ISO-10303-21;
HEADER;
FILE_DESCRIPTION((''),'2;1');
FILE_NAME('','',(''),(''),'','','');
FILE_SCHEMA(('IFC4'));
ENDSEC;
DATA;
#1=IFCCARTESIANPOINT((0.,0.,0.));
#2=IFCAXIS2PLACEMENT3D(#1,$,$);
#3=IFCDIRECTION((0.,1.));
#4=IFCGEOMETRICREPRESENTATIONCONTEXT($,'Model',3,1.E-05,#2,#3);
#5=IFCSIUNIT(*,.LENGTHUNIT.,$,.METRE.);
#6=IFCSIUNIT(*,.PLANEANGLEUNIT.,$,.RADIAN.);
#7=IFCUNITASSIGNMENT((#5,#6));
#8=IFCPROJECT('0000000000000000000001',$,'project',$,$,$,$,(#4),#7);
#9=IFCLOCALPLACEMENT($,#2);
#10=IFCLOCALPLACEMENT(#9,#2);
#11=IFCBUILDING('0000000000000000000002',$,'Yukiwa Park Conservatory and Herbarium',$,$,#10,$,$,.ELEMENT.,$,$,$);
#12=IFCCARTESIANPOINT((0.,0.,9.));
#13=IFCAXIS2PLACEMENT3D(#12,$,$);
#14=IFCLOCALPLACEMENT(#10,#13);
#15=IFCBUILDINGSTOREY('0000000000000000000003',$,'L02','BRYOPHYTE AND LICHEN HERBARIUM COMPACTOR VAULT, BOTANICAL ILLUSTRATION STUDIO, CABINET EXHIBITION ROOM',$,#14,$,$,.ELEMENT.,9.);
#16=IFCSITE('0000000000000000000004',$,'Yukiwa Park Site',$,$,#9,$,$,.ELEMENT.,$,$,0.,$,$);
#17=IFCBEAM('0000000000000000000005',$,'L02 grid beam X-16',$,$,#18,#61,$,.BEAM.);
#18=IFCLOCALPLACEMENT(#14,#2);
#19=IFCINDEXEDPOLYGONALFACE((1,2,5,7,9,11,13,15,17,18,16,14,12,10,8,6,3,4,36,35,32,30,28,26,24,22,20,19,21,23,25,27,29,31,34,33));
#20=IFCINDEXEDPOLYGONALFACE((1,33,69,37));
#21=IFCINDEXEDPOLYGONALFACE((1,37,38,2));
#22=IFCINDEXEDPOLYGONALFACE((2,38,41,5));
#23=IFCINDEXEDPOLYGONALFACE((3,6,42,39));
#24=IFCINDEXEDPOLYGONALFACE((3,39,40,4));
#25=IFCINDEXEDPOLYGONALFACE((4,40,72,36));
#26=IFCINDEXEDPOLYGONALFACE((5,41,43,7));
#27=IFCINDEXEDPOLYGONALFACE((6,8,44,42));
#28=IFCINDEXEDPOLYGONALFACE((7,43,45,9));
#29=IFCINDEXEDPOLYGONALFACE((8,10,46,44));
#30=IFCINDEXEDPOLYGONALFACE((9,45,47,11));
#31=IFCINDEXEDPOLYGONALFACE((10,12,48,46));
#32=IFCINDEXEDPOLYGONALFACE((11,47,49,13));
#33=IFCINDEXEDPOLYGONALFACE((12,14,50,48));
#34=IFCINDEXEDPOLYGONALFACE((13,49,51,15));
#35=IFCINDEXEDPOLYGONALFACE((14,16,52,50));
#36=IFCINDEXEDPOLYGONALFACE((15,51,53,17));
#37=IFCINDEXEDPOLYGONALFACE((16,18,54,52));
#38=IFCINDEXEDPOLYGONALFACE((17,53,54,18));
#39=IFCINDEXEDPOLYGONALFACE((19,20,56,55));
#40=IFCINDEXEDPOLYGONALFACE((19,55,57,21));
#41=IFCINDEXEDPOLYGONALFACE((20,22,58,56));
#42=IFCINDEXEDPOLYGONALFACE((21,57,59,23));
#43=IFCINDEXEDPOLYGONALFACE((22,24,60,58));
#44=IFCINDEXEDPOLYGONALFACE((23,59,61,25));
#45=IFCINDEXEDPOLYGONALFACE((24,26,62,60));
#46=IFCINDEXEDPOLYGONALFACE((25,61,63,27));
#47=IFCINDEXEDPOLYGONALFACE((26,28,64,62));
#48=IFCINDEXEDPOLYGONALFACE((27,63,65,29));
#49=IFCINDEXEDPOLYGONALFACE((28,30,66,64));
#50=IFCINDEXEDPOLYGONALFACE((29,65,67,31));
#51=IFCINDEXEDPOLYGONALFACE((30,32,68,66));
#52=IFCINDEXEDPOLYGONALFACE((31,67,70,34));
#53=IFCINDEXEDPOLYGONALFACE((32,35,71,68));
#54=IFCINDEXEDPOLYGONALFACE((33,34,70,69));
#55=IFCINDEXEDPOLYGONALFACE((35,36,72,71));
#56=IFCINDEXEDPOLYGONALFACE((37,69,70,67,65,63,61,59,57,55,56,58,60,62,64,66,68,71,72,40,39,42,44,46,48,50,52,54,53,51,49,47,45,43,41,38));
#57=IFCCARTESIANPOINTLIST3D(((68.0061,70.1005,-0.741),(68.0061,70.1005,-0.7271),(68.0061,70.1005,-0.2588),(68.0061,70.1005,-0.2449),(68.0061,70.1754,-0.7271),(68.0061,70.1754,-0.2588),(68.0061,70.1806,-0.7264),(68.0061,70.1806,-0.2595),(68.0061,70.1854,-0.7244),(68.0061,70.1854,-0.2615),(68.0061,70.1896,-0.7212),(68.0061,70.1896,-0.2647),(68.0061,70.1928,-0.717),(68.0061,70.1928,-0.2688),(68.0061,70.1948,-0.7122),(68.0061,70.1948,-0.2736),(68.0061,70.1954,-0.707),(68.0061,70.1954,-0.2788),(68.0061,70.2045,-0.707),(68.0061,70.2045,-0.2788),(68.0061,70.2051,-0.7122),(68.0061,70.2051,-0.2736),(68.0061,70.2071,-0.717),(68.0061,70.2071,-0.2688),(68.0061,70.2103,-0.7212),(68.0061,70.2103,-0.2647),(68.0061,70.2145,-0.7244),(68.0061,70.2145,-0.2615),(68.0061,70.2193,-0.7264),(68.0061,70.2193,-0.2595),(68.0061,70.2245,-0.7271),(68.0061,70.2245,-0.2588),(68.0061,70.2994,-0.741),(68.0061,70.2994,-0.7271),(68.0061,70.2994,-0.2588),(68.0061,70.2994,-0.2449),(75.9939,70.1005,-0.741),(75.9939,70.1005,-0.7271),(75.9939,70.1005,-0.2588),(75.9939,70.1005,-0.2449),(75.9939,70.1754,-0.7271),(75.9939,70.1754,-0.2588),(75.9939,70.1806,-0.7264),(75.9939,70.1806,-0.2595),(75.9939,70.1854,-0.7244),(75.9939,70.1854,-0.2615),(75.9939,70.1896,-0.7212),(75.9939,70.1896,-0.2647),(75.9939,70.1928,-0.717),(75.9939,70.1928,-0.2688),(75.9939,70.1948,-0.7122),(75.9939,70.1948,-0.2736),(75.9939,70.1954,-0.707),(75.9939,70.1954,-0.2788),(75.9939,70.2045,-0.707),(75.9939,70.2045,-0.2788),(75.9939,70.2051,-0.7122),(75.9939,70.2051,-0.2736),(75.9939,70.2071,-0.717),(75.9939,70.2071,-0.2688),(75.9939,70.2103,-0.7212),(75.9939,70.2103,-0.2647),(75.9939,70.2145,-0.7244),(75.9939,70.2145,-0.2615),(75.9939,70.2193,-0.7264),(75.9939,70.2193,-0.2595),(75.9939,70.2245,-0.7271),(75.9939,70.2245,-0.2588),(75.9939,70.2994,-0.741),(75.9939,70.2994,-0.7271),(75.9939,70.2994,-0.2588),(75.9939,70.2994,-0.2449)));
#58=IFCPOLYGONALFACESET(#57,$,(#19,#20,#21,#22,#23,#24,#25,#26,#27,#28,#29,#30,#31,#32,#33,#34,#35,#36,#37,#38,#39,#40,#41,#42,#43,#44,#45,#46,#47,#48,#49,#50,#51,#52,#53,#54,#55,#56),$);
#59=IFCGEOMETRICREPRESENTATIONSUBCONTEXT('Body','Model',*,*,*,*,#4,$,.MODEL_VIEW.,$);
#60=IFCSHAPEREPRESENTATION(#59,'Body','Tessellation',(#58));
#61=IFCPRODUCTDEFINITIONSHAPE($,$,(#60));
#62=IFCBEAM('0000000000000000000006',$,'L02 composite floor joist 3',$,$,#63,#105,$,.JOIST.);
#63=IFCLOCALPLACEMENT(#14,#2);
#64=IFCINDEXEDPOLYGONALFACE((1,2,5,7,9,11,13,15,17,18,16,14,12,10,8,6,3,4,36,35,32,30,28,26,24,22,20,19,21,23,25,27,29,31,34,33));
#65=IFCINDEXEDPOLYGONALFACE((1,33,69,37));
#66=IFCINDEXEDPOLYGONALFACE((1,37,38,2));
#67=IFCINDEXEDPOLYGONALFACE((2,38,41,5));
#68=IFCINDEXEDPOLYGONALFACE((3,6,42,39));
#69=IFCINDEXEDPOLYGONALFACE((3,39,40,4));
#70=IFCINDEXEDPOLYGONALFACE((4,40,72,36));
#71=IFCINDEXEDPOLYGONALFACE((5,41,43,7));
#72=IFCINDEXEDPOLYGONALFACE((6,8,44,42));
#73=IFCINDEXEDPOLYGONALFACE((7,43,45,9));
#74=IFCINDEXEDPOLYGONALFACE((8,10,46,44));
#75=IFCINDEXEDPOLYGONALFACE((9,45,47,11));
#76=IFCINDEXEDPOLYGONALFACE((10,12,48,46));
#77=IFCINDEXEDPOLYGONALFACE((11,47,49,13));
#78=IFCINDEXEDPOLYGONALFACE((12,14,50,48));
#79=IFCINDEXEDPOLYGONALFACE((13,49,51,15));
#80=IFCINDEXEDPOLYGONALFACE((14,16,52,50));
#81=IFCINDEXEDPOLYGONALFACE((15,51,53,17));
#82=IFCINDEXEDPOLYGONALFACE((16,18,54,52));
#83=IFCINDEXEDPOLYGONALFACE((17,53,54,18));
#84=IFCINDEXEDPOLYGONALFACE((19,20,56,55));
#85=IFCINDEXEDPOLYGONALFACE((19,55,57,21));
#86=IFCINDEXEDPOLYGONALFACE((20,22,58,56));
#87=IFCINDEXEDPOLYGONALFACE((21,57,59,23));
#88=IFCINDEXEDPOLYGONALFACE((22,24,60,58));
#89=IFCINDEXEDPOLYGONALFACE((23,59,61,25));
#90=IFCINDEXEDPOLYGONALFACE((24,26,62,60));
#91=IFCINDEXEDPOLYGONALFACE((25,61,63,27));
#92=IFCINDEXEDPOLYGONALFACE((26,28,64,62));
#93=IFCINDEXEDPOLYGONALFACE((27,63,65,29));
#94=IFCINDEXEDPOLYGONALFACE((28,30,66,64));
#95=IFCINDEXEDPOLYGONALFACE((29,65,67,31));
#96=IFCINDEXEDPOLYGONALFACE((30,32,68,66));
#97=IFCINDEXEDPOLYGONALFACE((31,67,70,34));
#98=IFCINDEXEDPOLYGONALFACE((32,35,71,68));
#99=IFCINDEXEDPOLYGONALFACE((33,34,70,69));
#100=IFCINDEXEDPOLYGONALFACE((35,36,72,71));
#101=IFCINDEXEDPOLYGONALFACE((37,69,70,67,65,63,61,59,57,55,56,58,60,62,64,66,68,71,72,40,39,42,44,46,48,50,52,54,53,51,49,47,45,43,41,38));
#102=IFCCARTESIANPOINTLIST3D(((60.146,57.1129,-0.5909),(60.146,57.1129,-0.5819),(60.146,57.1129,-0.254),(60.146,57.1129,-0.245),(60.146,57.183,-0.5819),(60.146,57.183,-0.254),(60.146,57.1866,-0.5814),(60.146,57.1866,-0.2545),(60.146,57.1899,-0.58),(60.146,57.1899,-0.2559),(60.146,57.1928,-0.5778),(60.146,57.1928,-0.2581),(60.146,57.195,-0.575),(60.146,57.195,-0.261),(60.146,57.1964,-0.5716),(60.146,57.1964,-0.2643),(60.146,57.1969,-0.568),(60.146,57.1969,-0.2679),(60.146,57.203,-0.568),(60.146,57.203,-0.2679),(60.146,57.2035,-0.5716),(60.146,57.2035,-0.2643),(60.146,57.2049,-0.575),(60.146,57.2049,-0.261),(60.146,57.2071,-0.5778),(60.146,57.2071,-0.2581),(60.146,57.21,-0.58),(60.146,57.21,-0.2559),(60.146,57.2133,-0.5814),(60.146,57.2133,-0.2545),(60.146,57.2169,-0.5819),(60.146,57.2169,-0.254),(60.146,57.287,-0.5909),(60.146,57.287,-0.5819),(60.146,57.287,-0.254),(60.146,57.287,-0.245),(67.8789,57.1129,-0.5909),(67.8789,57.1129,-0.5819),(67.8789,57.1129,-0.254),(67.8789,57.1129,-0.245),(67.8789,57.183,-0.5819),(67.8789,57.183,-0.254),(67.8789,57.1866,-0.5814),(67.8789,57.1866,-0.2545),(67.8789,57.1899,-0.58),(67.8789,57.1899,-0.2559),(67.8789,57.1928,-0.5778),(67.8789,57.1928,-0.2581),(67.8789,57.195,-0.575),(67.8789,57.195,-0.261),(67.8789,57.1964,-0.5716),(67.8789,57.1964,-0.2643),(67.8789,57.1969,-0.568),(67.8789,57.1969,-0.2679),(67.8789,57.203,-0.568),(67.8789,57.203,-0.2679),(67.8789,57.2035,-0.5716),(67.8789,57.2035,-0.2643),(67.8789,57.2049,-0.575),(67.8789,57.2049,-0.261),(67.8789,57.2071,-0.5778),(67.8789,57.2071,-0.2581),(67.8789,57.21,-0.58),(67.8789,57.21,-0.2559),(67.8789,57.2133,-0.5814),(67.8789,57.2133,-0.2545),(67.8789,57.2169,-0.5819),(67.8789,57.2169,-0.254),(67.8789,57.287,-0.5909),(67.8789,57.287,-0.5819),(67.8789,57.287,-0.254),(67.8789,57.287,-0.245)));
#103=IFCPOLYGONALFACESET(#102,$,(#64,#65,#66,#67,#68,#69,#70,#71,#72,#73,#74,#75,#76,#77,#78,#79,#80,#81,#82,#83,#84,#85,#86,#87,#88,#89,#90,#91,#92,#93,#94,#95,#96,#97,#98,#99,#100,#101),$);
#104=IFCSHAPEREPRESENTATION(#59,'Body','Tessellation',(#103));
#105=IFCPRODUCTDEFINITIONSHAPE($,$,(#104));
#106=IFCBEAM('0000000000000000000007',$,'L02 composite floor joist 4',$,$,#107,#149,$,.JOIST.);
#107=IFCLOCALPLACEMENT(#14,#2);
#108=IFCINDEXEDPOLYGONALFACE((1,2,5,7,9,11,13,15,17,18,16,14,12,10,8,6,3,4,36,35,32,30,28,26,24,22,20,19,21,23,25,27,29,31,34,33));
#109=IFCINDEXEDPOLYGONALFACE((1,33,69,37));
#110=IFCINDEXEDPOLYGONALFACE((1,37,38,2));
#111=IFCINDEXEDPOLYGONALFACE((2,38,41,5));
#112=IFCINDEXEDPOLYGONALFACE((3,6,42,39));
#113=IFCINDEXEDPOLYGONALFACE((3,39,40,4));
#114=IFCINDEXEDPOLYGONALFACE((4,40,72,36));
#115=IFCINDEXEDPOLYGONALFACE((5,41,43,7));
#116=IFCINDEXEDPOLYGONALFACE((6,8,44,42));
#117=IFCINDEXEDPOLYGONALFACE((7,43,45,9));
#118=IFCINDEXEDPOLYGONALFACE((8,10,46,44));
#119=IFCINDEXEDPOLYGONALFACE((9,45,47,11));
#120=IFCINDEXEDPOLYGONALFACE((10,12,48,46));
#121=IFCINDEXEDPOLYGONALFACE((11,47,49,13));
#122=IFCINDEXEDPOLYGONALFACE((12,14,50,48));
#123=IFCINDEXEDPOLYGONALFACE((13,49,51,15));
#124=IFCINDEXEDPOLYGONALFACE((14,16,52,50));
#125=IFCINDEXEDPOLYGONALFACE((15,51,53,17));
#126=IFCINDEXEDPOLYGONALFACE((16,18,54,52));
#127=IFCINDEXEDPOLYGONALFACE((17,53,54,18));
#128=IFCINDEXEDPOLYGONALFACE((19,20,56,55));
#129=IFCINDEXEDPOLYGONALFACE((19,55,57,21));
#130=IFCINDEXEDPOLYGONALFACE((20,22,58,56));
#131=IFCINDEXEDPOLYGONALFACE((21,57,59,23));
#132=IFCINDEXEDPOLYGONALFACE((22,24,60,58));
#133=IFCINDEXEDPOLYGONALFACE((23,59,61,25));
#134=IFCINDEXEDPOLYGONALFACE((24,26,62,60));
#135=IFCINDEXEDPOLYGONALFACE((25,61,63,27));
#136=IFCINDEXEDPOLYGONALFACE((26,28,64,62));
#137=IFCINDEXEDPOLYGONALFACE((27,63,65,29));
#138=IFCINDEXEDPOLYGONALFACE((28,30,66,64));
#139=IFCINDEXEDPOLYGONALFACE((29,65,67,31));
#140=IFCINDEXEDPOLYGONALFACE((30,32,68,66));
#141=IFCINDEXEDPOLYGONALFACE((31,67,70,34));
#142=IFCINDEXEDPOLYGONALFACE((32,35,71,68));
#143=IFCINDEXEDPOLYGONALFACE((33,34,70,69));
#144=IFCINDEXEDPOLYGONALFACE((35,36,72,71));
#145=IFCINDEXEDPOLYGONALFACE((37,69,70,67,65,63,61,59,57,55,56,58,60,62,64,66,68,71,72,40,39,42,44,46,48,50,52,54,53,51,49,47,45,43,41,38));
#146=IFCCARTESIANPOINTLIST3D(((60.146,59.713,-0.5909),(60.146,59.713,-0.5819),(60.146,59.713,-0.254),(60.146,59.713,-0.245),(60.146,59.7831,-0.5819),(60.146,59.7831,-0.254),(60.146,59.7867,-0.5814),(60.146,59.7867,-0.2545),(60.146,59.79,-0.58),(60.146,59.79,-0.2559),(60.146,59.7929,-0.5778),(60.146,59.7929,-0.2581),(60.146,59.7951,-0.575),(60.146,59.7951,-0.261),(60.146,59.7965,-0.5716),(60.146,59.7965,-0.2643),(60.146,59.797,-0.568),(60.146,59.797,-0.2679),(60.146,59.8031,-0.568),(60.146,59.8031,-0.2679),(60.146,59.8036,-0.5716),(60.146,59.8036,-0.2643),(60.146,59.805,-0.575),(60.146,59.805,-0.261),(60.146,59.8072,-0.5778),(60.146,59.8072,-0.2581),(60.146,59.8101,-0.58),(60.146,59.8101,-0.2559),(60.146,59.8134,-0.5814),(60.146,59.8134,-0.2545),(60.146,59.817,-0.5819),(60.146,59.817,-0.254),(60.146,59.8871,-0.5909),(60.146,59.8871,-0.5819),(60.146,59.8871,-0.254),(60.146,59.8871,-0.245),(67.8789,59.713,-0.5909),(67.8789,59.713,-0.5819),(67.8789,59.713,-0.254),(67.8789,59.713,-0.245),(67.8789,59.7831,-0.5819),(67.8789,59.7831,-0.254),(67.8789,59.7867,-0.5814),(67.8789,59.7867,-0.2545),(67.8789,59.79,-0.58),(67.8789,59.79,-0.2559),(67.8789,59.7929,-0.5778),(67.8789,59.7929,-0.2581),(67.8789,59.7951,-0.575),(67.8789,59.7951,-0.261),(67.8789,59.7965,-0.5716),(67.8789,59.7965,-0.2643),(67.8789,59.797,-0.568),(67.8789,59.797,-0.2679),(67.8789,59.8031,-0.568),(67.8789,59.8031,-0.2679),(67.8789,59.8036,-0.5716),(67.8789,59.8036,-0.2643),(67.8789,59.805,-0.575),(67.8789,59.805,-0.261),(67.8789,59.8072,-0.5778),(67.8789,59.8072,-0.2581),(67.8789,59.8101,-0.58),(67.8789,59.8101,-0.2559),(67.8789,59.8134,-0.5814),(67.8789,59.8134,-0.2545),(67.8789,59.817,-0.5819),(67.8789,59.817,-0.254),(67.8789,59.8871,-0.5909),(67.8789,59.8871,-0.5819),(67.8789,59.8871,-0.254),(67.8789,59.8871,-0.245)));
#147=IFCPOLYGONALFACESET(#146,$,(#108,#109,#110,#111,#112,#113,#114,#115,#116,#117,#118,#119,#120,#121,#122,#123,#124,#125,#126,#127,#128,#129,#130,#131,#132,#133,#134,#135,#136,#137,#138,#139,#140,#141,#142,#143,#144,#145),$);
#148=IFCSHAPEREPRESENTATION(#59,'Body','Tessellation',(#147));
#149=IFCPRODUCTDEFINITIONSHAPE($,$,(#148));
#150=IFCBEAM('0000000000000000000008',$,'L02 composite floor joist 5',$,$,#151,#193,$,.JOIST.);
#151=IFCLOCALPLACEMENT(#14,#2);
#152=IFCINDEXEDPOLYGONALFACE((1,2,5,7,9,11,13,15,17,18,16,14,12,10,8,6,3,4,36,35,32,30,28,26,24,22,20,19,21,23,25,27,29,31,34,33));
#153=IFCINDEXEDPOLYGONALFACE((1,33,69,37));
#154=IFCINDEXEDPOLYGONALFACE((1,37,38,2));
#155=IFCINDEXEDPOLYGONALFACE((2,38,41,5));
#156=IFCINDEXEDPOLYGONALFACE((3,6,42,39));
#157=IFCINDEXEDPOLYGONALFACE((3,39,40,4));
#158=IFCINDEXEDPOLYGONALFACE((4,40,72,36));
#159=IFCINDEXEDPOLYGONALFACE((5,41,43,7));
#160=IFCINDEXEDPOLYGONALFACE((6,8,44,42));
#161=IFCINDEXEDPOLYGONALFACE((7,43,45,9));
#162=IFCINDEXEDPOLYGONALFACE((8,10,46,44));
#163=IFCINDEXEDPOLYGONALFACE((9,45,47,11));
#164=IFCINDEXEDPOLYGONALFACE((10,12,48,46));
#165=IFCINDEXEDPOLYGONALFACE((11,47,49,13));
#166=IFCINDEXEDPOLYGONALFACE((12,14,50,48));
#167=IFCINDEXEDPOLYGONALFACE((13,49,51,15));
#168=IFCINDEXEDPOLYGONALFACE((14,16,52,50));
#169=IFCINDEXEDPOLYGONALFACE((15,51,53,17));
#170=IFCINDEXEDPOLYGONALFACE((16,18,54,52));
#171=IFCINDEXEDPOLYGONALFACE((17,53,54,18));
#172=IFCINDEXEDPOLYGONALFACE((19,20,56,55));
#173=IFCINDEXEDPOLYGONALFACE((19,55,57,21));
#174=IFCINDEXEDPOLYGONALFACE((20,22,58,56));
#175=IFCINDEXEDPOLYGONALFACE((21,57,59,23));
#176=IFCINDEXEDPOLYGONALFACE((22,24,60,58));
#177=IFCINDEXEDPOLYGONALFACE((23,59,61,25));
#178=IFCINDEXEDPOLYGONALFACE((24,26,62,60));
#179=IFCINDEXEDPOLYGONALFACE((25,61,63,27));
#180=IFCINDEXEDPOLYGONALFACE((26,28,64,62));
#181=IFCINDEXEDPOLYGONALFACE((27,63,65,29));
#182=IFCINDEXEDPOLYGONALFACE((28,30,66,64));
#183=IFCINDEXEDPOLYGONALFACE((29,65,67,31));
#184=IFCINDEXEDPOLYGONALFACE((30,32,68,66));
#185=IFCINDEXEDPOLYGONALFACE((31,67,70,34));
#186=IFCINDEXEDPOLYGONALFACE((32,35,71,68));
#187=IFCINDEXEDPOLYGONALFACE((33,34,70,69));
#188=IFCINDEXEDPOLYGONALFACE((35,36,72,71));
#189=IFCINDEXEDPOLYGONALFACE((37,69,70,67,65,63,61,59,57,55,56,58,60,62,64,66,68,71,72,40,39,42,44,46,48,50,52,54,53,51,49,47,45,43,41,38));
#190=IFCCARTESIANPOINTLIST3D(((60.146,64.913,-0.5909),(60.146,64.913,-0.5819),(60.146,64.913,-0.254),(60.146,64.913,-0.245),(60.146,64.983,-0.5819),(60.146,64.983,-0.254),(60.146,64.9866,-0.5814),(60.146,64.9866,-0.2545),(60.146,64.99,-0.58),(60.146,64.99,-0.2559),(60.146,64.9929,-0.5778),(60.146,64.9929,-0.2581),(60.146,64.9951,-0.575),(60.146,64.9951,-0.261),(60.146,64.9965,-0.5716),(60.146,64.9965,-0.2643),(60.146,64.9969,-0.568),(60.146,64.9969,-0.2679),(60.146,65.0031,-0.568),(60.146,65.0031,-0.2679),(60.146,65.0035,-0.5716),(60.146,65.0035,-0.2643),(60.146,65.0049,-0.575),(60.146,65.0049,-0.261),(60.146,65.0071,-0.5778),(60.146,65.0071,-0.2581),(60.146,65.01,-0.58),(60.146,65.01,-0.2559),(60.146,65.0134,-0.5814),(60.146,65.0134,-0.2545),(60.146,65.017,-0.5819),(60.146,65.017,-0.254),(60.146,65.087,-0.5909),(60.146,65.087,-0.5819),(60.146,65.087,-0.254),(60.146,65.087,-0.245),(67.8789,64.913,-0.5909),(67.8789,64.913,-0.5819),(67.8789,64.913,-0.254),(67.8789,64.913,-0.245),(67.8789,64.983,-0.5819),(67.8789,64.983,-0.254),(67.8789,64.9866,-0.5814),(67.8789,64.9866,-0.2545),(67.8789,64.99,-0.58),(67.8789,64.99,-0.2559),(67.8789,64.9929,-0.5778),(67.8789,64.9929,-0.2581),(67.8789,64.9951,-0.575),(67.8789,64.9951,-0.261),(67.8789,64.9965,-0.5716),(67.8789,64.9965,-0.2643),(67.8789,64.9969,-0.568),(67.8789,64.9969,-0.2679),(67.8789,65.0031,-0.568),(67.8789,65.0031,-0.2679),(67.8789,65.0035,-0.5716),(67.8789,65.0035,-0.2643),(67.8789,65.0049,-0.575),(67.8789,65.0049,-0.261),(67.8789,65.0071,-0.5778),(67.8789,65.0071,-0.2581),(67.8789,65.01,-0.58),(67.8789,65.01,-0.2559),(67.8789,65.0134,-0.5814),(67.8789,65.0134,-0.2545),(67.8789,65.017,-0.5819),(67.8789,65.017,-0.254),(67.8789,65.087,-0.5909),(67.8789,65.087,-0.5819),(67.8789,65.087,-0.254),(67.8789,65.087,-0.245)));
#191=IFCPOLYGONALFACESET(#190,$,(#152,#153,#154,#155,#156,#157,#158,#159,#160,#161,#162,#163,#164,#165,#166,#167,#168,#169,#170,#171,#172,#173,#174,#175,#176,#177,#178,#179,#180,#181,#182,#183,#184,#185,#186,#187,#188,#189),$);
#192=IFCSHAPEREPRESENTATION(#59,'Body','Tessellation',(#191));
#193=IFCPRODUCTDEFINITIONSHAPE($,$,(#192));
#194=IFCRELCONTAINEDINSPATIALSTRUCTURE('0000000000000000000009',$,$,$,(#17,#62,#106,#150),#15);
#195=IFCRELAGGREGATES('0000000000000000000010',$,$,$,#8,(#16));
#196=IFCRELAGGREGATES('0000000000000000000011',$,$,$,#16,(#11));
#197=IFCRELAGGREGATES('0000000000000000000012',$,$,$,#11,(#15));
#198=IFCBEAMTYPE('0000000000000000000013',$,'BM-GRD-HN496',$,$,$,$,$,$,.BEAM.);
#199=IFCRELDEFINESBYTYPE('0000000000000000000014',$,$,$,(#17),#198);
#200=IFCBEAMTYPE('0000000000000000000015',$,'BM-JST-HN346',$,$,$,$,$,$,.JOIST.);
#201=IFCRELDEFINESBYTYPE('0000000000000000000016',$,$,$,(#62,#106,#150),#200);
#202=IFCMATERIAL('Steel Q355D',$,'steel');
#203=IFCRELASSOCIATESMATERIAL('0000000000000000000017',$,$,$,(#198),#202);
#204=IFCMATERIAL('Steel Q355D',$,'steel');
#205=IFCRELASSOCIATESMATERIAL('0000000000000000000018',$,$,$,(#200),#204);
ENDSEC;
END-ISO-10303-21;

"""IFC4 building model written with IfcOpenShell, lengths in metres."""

from ifc_helpers import new_model, si_unit, direction, frame, origin, origin_2d, place, context, subcontext, project, spatial, i_section, extrude, material, material_profile, profile_set, type_object, element, save


model = new_model("IFC4")

# Units and contexts
model_context = context("Model", 3, precision=1e-05, world=origin(), true_north=direction((0.0, 1.0)))
body_context = subcontext(model_context, "Body", "Model", "MODEL_VIEW")
ifc_project = project(units=[si_unit("LENGTHUNIT", "METRE"), si_unit("PLANEANGLEUNIT", "RADIAN")], contexts=[model_context])

# Site, building, storey
site_placement = place(None, origin())
site = spatial("IfcSite", under=ifc_project, at=site_placement, Name="Yukiwa Park Site", CompositionType="ELEMENT", RefElevation=0.0)
building_placement = place(site_placement, origin())
building = spatial("IfcBuilding", under=site, at=building_placement, Name="Yukiwa Park Conservatory and Herbarium", CompositionType="ELEMENT")
storey_placement = place(building_placement, frame((0.0, 0.0, 9.0)))
storey = spatial("IfcBuildingStorey", under=building, at=storey_placement, Name="L02", Description="BRYOPHYTE AND LICHEN HERBARIUM COMPACTOR VAULT, BOTANICAL ILLUSTRATION STUDIO, CABINET EXHIBITION ROOM", CompositionType="ELEMENT", Elevation=9.0)

# Beams
ifc_material_1 = material(Name="Steel Q355D", Category="steel")
ifc_material_profile_1 = material_profile(ifc_material_1, i_section(OverallWidth=0.199, OverallDepth=0.4961, WebThickness=0.009, FlangeThickness=0.0139, FilletRadius=0.02, at=origin_2d()), Name="HN 496x199x9x14")
ifc_profile_set_1 = profile_set([ifc_material_profile_1], Name="Steel Q355D")
beam_type_1 = type_object("IfcBeamType", Name="BM-GRD-HN496", PredefinedType="BEAM", material=ifc_profile_set_1)
for number, where, z_axis, x_axis, name in (
    (1, (68.0061, 70.2, -0.4929), (1.0, 0.0, 0.0), (0.0, 1.0, 0.0), "L02 grid beam X-16"),
):
    element("IfcBeam", number, at=place(storey_placement, frame(where, z_axis=z_axis, x_axis=x_axis)), inside=storey, type_object=beam_type_1, Name=name, PredefinedType="BEAM", context=body_context, shape_type="SweptSolid", body=[
        extrude(i_section(OverallWidth=0.199, OverallDepth=0.4961, WebThickness=0.009, FlangeThickness=0.0139, FilletRadius=0.02, at=origin_2d()), origin(), (0.0, 0.0, 1.0), 7.9878),
    ])
ifc_material_2 = material(Name="Steel Q355D", Category="steel")
ifc_material_profile_2 = material_profile(ifc_material_2, i_section(OverallWidth=0.1741, OverallDepth=0.3459, WebThickness=0.0061, FlangeThickness=0.009, FilletRadius=0.0139, at=origin_2d()), Name="HN 346x174x6x9")
ifc_profile_set_2 = profile_set([ifc_material_profile_2], Name="Steel Q355D")
beam_type_2 = type_object("IfcBeamType", Name="BM-JST-HN346", PredefinedType="JOIST", material=ifc_profile_set_2)
for number, where, z_axis, x_axis, name in (
    (2, (60.146, 57.2, -0.418), (1.0, 0.0, 0.0), (0.0, 1.0, 0.0), "L02 composite floor joist 3"),
    (3, (60.146, 59.8, -0.418), (1.0, 0.0, 0.0), (0.0, 1.0, 0.0), "L02 composite floor joist 4"),
    (4, (60.146, 65.0, -0.418), (1.0, 0.0, 0.0), (0.0, 1.0, 0.0), "L02 composite floor joist 5"),
):
    element("IfcBeam", number, at=place(storey_placement, frame(where, z_axis=z_axis, x_axis=x_axis)), inside=storey, type_object=beam_type_2, Name=name, PredefinedType="JOIST", context=body_context, shape_type="SweptSolid", body=[
        extrude(i_section(OverallWidth=0.1741, OverallDepth=0.3459, WebThickness=0.0061, FlangeThickness=0.009, FilletRadius=0.0139, at=origin_2d()), origin(), (0.0, 0.0, 1.0), 7.7329),
    ])

save(model, "model.ifc")
